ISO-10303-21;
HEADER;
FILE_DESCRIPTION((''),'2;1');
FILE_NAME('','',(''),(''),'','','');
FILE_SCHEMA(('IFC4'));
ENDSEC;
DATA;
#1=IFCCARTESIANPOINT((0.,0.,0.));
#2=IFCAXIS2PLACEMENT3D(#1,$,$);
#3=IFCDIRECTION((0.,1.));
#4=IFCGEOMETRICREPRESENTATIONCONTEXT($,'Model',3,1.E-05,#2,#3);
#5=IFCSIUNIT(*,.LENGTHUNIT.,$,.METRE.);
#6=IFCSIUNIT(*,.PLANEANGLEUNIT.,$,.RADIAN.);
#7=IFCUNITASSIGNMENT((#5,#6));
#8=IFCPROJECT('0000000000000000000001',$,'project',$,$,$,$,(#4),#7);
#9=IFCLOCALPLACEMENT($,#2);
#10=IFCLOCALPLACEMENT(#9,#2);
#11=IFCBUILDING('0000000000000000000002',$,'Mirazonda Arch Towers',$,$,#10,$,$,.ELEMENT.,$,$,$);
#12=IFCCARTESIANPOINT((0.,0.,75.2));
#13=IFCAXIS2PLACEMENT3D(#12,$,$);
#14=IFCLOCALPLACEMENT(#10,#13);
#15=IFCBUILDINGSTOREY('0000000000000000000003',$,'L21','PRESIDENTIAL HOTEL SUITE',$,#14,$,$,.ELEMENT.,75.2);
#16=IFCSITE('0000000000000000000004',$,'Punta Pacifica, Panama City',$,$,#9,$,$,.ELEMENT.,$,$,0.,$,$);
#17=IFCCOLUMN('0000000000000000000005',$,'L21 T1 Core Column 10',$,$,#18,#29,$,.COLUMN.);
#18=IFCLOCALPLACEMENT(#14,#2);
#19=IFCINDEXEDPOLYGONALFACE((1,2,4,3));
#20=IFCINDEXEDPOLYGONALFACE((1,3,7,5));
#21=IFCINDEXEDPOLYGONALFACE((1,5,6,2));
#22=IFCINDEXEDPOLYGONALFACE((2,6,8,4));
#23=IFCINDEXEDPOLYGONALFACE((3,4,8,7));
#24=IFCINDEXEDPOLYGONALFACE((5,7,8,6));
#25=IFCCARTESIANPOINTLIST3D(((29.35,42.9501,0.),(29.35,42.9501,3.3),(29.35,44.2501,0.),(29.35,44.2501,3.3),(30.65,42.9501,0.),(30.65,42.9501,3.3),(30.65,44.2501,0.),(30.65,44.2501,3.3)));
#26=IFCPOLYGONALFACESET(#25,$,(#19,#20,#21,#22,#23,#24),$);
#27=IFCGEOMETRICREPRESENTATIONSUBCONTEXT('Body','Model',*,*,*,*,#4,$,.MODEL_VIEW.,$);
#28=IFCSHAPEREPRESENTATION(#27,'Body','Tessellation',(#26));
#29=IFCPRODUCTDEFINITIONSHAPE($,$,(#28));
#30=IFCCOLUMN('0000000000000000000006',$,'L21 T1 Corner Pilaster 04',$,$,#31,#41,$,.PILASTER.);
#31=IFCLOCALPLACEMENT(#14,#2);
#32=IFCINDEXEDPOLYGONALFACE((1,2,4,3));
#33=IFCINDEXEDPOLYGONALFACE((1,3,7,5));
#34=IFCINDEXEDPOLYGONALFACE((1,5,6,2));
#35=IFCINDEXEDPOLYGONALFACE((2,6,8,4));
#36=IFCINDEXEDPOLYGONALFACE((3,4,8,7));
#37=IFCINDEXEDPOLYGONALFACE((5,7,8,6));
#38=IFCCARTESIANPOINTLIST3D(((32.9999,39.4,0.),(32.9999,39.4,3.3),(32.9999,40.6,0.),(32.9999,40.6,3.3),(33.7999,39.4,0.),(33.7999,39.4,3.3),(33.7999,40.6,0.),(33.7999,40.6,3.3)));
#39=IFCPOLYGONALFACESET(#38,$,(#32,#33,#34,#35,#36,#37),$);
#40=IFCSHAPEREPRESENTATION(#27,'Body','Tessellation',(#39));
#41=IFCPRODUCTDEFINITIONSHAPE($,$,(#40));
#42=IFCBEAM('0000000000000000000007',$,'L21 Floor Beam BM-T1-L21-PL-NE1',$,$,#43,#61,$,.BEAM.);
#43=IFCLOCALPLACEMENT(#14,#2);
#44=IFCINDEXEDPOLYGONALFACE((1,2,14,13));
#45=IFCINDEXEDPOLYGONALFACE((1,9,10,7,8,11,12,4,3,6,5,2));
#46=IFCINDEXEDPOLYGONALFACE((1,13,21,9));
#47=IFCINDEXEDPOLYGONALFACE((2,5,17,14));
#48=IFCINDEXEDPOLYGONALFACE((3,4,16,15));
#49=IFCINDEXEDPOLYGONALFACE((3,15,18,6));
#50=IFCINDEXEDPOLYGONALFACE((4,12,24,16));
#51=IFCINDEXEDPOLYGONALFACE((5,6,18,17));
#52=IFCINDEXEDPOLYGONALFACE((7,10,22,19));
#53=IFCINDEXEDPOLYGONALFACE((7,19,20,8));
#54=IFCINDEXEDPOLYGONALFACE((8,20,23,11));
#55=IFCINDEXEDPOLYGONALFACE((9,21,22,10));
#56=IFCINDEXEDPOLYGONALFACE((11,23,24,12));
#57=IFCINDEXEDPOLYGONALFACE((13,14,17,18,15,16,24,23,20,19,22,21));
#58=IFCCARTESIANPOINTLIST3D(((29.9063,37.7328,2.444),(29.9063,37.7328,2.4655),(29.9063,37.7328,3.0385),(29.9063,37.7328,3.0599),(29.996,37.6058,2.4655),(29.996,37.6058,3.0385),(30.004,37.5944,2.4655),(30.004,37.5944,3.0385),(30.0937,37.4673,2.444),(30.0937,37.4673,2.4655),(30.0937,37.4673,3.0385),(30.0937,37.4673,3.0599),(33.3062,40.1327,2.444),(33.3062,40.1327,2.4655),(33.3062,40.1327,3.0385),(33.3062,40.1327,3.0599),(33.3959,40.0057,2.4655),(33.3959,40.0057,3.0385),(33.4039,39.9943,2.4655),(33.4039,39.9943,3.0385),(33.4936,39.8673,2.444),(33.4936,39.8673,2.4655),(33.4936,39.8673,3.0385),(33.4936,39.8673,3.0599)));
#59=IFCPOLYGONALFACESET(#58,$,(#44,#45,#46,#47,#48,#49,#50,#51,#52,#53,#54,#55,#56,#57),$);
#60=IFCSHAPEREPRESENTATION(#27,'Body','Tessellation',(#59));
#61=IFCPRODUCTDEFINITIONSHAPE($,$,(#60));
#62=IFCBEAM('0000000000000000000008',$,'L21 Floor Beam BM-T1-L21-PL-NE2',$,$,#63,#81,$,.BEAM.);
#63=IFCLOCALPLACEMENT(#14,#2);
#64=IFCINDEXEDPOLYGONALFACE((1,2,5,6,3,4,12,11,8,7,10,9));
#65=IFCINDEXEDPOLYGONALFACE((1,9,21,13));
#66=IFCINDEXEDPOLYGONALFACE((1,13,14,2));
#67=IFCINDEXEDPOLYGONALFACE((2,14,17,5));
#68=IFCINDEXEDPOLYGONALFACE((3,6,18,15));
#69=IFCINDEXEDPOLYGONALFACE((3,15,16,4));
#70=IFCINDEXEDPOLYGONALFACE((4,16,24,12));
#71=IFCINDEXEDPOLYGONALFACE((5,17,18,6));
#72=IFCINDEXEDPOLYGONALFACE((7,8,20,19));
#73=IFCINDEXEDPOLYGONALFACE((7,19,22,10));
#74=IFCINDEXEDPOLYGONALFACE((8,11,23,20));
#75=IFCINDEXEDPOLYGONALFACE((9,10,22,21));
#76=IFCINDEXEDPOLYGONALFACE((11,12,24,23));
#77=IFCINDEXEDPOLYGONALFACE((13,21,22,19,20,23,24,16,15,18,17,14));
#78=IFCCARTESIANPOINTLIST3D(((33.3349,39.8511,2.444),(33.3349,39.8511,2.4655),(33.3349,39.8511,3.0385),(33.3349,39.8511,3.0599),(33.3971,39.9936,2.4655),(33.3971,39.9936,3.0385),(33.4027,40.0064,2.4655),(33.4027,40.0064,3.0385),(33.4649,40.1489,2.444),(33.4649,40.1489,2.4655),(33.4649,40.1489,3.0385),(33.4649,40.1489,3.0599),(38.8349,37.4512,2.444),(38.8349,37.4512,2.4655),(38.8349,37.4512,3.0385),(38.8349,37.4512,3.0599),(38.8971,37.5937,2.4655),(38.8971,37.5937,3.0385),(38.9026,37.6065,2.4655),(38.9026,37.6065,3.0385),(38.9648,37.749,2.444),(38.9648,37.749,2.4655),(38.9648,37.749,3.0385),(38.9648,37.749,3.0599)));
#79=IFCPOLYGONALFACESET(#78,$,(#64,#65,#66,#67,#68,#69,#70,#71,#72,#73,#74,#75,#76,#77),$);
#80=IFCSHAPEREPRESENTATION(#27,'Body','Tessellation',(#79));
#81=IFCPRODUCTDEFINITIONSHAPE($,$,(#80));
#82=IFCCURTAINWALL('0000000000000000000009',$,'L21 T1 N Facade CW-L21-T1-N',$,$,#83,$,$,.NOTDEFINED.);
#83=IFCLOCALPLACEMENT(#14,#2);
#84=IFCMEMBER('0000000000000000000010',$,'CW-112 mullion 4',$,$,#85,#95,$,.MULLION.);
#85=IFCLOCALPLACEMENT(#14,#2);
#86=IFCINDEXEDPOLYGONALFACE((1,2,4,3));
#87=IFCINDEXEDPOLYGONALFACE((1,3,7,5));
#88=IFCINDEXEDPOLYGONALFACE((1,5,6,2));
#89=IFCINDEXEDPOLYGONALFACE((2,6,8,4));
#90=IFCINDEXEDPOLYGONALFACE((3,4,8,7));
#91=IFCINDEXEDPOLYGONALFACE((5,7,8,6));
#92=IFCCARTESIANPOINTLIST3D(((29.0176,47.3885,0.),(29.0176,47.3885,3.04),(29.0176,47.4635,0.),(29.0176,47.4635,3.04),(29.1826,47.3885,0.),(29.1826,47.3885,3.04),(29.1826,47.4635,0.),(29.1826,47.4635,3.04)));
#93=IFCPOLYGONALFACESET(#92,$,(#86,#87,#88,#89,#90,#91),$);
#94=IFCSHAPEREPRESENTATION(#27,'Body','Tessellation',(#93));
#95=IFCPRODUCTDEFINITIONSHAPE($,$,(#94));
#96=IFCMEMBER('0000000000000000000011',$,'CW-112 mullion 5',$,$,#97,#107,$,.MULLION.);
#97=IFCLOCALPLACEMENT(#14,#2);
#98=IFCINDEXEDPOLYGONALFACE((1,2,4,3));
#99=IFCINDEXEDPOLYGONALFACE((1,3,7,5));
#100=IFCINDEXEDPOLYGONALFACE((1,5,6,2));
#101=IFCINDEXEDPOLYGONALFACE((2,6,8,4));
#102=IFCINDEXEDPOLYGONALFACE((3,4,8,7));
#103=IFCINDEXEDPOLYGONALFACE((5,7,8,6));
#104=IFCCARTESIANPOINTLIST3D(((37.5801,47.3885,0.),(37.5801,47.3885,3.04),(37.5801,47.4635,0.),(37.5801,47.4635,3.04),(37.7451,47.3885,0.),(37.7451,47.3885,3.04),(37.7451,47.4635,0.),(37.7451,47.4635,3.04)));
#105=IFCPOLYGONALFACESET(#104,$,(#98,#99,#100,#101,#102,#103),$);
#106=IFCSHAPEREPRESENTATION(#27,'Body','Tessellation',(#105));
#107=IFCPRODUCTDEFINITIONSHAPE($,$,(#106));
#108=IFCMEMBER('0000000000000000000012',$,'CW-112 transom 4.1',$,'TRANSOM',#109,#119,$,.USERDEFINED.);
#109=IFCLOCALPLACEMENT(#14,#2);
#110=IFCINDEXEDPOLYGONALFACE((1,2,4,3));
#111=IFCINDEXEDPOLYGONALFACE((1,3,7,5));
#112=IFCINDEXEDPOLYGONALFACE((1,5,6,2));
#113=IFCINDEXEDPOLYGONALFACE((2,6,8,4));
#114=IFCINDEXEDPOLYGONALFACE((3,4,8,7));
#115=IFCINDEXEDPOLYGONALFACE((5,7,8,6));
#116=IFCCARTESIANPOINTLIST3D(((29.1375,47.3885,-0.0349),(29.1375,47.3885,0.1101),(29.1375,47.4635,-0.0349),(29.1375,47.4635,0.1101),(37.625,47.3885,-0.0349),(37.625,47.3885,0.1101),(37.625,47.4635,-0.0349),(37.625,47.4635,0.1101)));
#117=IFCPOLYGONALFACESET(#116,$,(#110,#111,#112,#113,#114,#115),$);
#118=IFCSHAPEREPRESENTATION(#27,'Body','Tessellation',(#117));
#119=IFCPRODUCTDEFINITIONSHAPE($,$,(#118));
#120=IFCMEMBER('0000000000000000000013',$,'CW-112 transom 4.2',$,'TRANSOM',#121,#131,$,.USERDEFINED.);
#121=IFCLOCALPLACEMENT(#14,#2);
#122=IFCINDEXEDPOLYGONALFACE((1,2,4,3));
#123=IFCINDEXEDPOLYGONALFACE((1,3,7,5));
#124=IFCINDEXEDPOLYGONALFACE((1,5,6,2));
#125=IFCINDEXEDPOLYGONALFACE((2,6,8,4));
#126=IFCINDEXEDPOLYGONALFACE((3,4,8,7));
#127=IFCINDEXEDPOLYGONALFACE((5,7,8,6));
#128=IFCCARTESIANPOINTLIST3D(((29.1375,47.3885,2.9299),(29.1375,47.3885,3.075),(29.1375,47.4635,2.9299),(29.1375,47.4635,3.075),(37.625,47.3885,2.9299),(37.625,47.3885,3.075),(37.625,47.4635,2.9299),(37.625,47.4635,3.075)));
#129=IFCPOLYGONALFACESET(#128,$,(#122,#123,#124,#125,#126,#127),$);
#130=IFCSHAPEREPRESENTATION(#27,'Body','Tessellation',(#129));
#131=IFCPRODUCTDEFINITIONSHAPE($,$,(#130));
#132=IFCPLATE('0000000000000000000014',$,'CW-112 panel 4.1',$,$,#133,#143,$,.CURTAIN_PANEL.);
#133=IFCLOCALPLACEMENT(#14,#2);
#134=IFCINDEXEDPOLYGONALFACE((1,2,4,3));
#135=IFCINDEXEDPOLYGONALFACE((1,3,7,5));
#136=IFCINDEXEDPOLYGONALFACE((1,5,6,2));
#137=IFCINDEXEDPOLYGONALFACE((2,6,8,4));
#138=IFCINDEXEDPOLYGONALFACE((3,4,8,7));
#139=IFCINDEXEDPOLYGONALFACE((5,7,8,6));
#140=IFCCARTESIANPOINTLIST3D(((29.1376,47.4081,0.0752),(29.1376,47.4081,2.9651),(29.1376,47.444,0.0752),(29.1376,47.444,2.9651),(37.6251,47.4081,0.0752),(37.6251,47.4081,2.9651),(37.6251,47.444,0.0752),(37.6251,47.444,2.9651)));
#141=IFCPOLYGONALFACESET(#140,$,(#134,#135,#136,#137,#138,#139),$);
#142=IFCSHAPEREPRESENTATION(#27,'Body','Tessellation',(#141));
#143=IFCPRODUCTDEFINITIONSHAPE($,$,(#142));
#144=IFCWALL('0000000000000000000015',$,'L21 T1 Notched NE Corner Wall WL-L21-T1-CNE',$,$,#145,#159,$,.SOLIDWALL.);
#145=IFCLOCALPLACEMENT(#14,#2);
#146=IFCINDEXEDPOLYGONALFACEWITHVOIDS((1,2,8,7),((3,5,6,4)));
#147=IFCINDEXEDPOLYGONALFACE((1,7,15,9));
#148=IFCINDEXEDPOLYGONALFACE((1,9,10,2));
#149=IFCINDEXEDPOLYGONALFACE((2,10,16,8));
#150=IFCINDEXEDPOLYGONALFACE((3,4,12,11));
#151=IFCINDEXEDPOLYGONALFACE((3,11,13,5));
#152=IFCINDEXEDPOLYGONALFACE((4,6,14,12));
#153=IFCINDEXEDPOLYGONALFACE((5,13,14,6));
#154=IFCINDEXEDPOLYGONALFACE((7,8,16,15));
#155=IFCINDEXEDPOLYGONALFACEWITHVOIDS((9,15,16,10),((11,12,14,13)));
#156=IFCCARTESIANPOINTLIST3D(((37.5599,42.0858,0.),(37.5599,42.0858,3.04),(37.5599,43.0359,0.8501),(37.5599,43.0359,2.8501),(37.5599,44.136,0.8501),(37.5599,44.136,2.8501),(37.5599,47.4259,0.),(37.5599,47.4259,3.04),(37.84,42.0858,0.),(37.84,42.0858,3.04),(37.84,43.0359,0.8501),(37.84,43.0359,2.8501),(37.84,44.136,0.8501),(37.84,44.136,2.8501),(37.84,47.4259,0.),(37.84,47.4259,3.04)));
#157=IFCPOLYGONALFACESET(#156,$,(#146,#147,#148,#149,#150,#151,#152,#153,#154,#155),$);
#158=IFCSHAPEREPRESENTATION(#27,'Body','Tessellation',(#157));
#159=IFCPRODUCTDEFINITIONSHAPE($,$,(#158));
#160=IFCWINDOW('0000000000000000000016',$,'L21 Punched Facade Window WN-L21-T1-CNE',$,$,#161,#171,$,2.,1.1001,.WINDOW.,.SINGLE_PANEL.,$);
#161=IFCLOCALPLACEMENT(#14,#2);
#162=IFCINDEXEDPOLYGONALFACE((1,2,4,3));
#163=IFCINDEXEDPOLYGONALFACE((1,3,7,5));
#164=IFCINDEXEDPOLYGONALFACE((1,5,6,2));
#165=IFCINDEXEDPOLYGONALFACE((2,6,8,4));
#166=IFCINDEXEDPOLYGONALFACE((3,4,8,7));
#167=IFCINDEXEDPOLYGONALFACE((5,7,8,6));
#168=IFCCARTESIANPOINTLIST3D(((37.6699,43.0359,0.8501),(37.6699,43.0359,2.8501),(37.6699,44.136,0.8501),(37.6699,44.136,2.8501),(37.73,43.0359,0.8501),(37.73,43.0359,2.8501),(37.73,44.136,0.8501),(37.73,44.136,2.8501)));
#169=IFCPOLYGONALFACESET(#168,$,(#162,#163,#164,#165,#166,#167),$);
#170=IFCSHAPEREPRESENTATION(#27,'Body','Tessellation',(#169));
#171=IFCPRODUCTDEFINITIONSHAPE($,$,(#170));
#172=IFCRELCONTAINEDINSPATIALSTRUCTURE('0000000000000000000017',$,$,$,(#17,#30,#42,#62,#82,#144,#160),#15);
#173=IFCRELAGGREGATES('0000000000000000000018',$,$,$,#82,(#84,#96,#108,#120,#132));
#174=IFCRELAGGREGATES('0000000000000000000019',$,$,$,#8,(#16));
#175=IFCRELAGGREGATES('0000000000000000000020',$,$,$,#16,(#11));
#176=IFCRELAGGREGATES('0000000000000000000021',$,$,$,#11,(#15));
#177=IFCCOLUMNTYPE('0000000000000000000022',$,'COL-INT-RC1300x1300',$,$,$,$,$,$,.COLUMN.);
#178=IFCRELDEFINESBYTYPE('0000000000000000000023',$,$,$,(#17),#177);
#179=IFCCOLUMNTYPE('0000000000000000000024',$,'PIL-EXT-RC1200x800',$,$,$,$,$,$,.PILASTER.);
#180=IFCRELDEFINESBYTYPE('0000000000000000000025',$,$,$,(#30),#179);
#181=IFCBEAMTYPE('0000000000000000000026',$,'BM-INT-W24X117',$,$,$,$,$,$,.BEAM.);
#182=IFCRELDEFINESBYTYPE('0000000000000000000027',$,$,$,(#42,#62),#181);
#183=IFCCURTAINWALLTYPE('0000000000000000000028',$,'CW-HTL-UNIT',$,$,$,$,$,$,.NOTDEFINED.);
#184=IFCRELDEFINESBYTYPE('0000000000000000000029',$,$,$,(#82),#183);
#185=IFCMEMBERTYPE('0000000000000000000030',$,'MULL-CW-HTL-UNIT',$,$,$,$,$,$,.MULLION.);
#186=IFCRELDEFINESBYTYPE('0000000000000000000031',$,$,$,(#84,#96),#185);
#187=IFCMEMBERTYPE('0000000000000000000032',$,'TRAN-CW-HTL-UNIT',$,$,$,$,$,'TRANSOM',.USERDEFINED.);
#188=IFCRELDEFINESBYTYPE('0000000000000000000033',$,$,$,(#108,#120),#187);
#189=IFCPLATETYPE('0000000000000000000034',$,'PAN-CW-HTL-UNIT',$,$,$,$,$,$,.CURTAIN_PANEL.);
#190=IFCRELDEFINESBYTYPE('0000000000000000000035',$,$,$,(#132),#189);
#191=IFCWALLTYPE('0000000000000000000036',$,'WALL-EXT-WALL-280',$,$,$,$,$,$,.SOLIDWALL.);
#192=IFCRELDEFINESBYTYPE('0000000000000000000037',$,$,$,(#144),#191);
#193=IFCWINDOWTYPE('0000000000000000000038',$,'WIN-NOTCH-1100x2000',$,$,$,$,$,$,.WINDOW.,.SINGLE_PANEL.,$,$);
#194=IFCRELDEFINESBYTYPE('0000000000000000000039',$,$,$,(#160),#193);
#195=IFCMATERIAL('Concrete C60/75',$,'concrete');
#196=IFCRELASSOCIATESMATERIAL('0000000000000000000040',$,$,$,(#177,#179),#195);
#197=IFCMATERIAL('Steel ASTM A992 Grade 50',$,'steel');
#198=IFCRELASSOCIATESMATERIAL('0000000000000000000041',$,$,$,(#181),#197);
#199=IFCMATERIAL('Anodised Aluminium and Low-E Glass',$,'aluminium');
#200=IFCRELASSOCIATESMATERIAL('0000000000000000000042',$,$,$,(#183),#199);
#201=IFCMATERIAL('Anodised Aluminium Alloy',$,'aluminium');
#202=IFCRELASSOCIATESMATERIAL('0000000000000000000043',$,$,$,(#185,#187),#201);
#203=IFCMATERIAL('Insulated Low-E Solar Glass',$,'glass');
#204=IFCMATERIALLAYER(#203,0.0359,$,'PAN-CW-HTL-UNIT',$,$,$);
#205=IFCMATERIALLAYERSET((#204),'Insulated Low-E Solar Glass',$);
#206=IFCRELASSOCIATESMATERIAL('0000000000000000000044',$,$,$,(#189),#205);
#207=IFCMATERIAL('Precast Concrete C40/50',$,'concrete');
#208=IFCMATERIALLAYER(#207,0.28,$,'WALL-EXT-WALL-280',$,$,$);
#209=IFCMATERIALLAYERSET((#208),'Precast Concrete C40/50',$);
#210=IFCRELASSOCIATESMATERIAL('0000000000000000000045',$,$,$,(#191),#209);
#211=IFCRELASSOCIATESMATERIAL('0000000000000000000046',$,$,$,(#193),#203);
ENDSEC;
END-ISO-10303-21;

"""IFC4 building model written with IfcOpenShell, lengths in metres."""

from ifc_helpers import new_model, si_unit, direction, frame, frame_2d, origin, origin_2d, place, context, subcontext, project, spatial, rectangle, i_section, extrude, material, layer, layer_set, material_profile, profile_set, type_object, element, fill, aggregate, save


model = new_model("IFC4")

# Units and contexts
model_context = context("Model", 3, precision=1e-05, world=origin(), true_north=direction((0.0, 1.0)))
body_context = subcontext(model_context, "Body", "Model", "MODEL_VIEW")
ifc_project = project(units=[si_unit("LENGTHUNIT", "METRE"), si_unit("PLANEANGLEUNIT", "RADIAN")], contexts=[model_context])

# Site, building, storey
site_placement = place(None, origin())
site = spatial("IfcSite", under=ifc_project, at=site_placement, Name="Punta Pacifica, Panama City", CompositionType="ELEMENT", RefElevation=0.0)
building_placement = place(site_placement, origin())
building = spatial("IfcBuilding", under=site, at=building_placement, Name="Mirazonda Arch Towers", CompositionType="ELEMENT")
storey_placement = place(building_placement, frame((0.0, 0.0, 75.2)))
storey = spatial("IfcBuildingStorey", under=building, at=storey_placement, Name="L21", Description="PRESIDENTIAL HOTEL SUITE", CompositionType="ELEMENT", Elevation=75.2)

# Columns
ifc_material_1 = material(Name="Concrete C60/75", Category="concrete")
ifc_material_profile_1 = material_profile(ifc_material_1, rectangle(XDim=1.3, YDim=1.3, at=origin_2d()), Name="RC1300x1300")
ifc_profile_set_1 = profile_set([ifc_material_profile_1], Name="Concrete C60/75")
column_type_1 = type_object("IfcColumnType", Name="COL-INT-RC1300x1300", PredefinedType="COLUMN", material=ifc_profile_set_1)
column_1_placement = place(storey_placement, frame((30.0, 43.6001, 0.0), z_axis=(0.0, 0.0, 1.0), x_axis=(1.0, 0.0, 0.0)))
element("IfcColumn", 1, at=column_1_placement, inside=storey, type_object=column_type_1, Name="L21 T1 Core Column 10", PredefinedType="COLUMN", context=body_context, shape_type="SweptSolid", body=[
    extrude(rectangle(XDim=1.3, YDim=1.3, at=origin_2d()), origin(), (0.0, 0.0, 1.0), 3.3),
])
ifc_material_profile_2 = material_profile(ifc_material_1, rectangle(XDim=0.8, YDim=1.2, at=origin_2d()), Name="RC1200x800")
ifc_profile_set_2 = profile_set([ifc_material_profile_2], Name="Concrete C60/75")
column_type_2 = type_object("IfcColumnType", Name="PIL-EXT-RC1200x800", PredefinedType="PILASTER", material=ifc_profile_set_2)
column_2_placement = place(storey_placement, frame((33.3999, 40.0, 0.0), z_axis=(0.0, 0.0, 1.0), x_axis=(1.0, 0.0, 0.0)))
element("IfcColumn", 2, at=column_2_placement, inside=storey, type_object=column_type_2, Name="L21 T1 Corner Pilaster 04", PredefinedType="PILASTER", context=body_context, shape_type="SweptSolid", body=[
    extrude(rectangle(XDim=0.8, YDim=1.2, at=origin_2d()), origin(), (0.0, 0.0, 1.0), 3.3),
])

# Beams
ifc_material_2 = material(Name="Steel ASTM A992 Grade 50", Category="steel")
ifc_material_profile_3 = material_profile(ifc_material_2, i_section(OverallWidth=0.325, OverallDepth=0.616, WebThickness=0.0139, FlangeThickness=0.0215, at=origin_2d()), Name="W24X117")
ifc_profile_set_3 = profile_set([ifc_material_profile_3], Name="Steel ASTM A992 Grade 50")
beam_type = type_object("IfcBeamType", Name="BM-INT-W24X117", PredefinedType="BEAM", material=ifc_profile_set_3)
beam_1_placement = place(storey_placement, frame((33.3999, 40.0, 2.752), z_axis=(-0.816971, -0.576679, 0.0), x_axis=(0.576679, -0.816971, 0.0)))
element("IfcBeam", 3, at=beam_1_placement, inside=storey, type_object=beam_type, Name="L21 Floor Beam BM-T1-L21-PL-NE1", PredefinedType="BEAM", context=body_context, shape_type="SweptSolid", body=[
    extrude(i_section(OverallWidth=0.325, OverallDepth=0.616, WebThickness=0.0139, FlangeThickness=0.0215, at=origin_2d()), origin(), (0.0, 0.0, 1.0), 4.1616),
])
beam_2_placement = place(storey_placement, frame((33.3999, 40.0, 2.752), z_axis=(0.916545, -0.399931, 0.0), x_axis=(0.399931, 0.916545, 0.0)))
element("IfcBeam", 4, at=beam_2_placement, inside=storey, type_object=beam_type, Name="L21 Floor Beam BM-T1-L21-PL-NE2", PredefinedType="BEAM", context=body_context, shape_type="SweptSolid", body=[
    extrude(i_section(OverallWidth=0.325, OverallDepth=0.616, WebThickness=0.0139, FlangeThickness=0.0215, at=origin_2d()), origin(), (0.0, 0.0, 1.0), 6.0007),
])

# Curtain wall, members, plate
ifc_material_3 = material(Name="Anodised Aluminium and Low-E Glass", Category="aluminium")
curtain_wall_type = type_object("IfcCurtainWallType", Name="CW-HTL-UNIT", PredefinedType="NOTDEFINED", material=ifc_material_3)
curtain_wall_placement = place(storey_placement, origin())
curtain_wall = element("IfcCurtainWall", 5, at=curtain_wall_placement, inside=storey, type_object=curtain_wall_type, Name="L21 T1 N Facade CW-L21-T1-N", PredefinedType="NOTDEFINED")
ifc_material_4 = material(Name="Anodised Aluminium Alloy", Category="aluminium")
ifc_material_profile_4 = material_profile(ifc_material_4, rectangle(XDim=0.075, YDim=0.165, at=origin_2d()), Name="ALU-MULL-75x165")
ifc_profile_set_4 = profile_set([ifc_material_profile_4], Name="Anodised Aluminium Alloy")
member_type_1 = type_object("IfcMemberType", Name="MULL-CW-HTL-UNIT", PredefinedType="MULLION", material=ifc_profile_set_4)
member_1_placement = place(storey_placement, frame((29.1001, 47.426, 0.0), z_axis=(0.0, 0.0, 1.0), x_axis=(0.0, 1.0, 0.0)))
member_1 = element("IfcMember", 6, at=member_1_placement, type_object=member_type_1, Name="CW-112 mullion 4", PredefinedType="MULLION", context=body_context, shape_type="SweptSolid", body=[
    extrude(rectangle(XDim=0.075, YDim=0.165, at=origin_2d()), origin(), (0.0, 0.0, 1.0), 3.04),
])
member_2_placement = place(storey_placement, frame((37.6626, 47.426, 0.0), z_axis=(0.0, 0.0, 1.0), x_axis=(0.0, 1.0, 0.0)))
member_2 = element("IfcMember", 7, at=member_2_placement, type_object=member_type_1, Name="CW-112 mullion 5", PredefinedType="MULLION", context=body_context, shape_type="SweptSolid", body=[
    extrude(rectangle(XDim=0.075, YDim=0.165, at=origin_2d()), origin(), (0.0, 0.0, 1.0), 3.04),
])
ifc_material_profile_5 = material_profile(ifc_material_4, rectangle(XDim=0.075, YDim=0.145, at=origin_2d()), Name="ALU-TRAN-75x145")
ifc_profile_set_5 = profile_set([ifc_material_profile_5], Name="Anodised Aluminium Alloy")
member_type_2 = type_object("IfcMemberType", Name="TRAN-CW-HTL-UNIT", ElementType="TRANSOM", PredefinedType="USERDEFINED", material=ifc_profile_set_5)
member_3_placement = place(storey_placement, frame((29.1375, 47.426, 0.0376), z_axis=(1.0, 0.0, 0.0), x_axis=(0.0, 1.0, 0.0)))
member_3 = element("IfcMember", 8, at=member_3_placement, type_object=member_type_2, Name="CW-112 transom 4.1", ObjectType="TRANSOM", PredefinedType="USERDEFINED", context=body_context, shape_type="SweptSolid", body=[
    extrude(rectangle(XDim=0.075, YDim=0.145, at=origin_2d()), origin(), (0.0, 0.0, 1.0), 8.4875),
])
member_4_placement = place(storey_placement, frame((29.1375, 47.426, 3.0024), z_axis=(1.0, 0.0, 0.0), x_axis=(0.0, 1.0, 0.0)))
member_4 = element("IfcMember", 9, at=member_4_placement, type_object=member_type_2, Name="CW-112 transom 4.2", ObjectType="TRANSOM", PredefinedType="USERDEFINED", context=body_context, shape_type="SweptSolid", body=[
    extrude(rectangle(XDim=0.075, YDim=0.145, at=origin_2d()), origin(), (0.0, 0.0, 1.0), 8.4875),
])
ifc_material_5 = material(Name="Insulated Low-E Solar Glass", Category="glass")
ifc_layer_1 = layer(ifc_material_5, 0.0359, Name="PAN-CW-HTL-UNIT")
ifc_layer_set_1 = layer_set([ifc_layer_1], Name="Insulated Low-E Solar Glass")
plate_type = type_object("IfcPlateType", Name="PAN-CW-HTL-UNIT", PredefinedType="CURTAIN_PANEL", material=ifc_layer_set_1)
plate_placement = place(storey_placement, frame((33.3813, 47.426, 0.0752), z_axis=(0.0, 0.0, 1.0), x_axis=(1.0, 0.0, 0.0)))
plate = element("IfcPlate", 10, at=plate_placement, type_object=plate_type, Name="CW-112 panel 4.1", PredefinedType="CURTAIN_PANEL", context=body_context, shape_type="SweptSolid", body=[
    extrude(rectangle(XDim=8.4875, YDim=0.0359, at=origin_2d()), origin(), (0.0, 0.0, 1.0), 2.8899),
])
aggregate(curtain_wall, [member_1, member_2, member_3, member_4, plate])

# Wall, opening, window
ifc_material_6 = material(Name="Precast Concrete C40/50", Category="concrete")
ifc_layer_2 = layer(ifc_material_6, 0.28, Name="WALL-EXT-WALL-280")
ifc_layer_set_2 = layer_set([ifc_layer_2], Name="Precast Concrete C40/50")
wall_type_1 = type_object("IfcWallType", Name="WALL-EXT-WALL-280", PredefinedType="SOLIDWALL", material=ifc_layer_set_2)
wall_1_placement = place(storey_placement, frame((37.7, 42.0859, 0.0), z_axis=(0.0, 0.0, 1.0), x_axis=(0.0, 1.0, 0.0)))
wall_1 = element("IfcWall", 11, at=wall_1_placement, inside=storey, type_object=wall_type_1, Name="L21 T1 Notched NE Corner Wall WL-L21-T1-CNE", PredefinedType="SOLIDWALL", context=body_context, shape_type="SweptSolid", body=[
    extrude(rectangle(XDim=5.3401, YDim=0.28, at=frame_2d((2.6699, 0.0))), origin(), (0.0, 0.0, 1.0), 3.04),
])
opening_1_placement = place(wall_1_placement, frame((0.95, 0.0, 0.8501)))
opening_1 = element("IfcOpeningElement", 12, at=opening_1_placement, cuts=wall_1, PredefinedType="OPENING", context=body_context, shape_type="SweptSolid", body=[
    extrude(rectangle(XDim=1.1001, YDim=2.0, at=frame_2d((0.55, 1.0))), frame((0.0, 0.1499, 0.0), z_axis=(0.0, -1.0, 0.0), x_axis=(1.0, 0.0, 0.0)), (0.0, 0.0, 1.0), 0.3),
])
window_type = type_object("IfcWindowType", Name="WIN-NOTCH-1100x2000", PartitioningType="SINGLE_PANEL", PredefinedType="WINDOW", material=ifc_material_5)
window_placement = place(opening_1_placement, origin())
window = element("IfcWindow", 13, at=window_placement, inside=storey, type_object=window_type, Name="L21 Punched Facade Window WN-L21-T1-CNE", OverallHeight=2.0, OverallWidth=1.1001, PartitioningType="SINGLE_PANEL", PredefinedType="WINDOW", context=body_context, shape_type="SweptSolid", body=[
    extrude(rectangle(XDim=1.1001, YDim=2.0, at=frame_2d((0.55, 1.0))), frame((0.0, 0.03, 0.0), z_axis=(0.0, -1.0, 0.0), x_axis=(1.0, 0.0, 0.0)), (0.0, 0.0, 1.0), 0.0601),
])
fill(opening_1, window)

save(model, "model.ifc")
